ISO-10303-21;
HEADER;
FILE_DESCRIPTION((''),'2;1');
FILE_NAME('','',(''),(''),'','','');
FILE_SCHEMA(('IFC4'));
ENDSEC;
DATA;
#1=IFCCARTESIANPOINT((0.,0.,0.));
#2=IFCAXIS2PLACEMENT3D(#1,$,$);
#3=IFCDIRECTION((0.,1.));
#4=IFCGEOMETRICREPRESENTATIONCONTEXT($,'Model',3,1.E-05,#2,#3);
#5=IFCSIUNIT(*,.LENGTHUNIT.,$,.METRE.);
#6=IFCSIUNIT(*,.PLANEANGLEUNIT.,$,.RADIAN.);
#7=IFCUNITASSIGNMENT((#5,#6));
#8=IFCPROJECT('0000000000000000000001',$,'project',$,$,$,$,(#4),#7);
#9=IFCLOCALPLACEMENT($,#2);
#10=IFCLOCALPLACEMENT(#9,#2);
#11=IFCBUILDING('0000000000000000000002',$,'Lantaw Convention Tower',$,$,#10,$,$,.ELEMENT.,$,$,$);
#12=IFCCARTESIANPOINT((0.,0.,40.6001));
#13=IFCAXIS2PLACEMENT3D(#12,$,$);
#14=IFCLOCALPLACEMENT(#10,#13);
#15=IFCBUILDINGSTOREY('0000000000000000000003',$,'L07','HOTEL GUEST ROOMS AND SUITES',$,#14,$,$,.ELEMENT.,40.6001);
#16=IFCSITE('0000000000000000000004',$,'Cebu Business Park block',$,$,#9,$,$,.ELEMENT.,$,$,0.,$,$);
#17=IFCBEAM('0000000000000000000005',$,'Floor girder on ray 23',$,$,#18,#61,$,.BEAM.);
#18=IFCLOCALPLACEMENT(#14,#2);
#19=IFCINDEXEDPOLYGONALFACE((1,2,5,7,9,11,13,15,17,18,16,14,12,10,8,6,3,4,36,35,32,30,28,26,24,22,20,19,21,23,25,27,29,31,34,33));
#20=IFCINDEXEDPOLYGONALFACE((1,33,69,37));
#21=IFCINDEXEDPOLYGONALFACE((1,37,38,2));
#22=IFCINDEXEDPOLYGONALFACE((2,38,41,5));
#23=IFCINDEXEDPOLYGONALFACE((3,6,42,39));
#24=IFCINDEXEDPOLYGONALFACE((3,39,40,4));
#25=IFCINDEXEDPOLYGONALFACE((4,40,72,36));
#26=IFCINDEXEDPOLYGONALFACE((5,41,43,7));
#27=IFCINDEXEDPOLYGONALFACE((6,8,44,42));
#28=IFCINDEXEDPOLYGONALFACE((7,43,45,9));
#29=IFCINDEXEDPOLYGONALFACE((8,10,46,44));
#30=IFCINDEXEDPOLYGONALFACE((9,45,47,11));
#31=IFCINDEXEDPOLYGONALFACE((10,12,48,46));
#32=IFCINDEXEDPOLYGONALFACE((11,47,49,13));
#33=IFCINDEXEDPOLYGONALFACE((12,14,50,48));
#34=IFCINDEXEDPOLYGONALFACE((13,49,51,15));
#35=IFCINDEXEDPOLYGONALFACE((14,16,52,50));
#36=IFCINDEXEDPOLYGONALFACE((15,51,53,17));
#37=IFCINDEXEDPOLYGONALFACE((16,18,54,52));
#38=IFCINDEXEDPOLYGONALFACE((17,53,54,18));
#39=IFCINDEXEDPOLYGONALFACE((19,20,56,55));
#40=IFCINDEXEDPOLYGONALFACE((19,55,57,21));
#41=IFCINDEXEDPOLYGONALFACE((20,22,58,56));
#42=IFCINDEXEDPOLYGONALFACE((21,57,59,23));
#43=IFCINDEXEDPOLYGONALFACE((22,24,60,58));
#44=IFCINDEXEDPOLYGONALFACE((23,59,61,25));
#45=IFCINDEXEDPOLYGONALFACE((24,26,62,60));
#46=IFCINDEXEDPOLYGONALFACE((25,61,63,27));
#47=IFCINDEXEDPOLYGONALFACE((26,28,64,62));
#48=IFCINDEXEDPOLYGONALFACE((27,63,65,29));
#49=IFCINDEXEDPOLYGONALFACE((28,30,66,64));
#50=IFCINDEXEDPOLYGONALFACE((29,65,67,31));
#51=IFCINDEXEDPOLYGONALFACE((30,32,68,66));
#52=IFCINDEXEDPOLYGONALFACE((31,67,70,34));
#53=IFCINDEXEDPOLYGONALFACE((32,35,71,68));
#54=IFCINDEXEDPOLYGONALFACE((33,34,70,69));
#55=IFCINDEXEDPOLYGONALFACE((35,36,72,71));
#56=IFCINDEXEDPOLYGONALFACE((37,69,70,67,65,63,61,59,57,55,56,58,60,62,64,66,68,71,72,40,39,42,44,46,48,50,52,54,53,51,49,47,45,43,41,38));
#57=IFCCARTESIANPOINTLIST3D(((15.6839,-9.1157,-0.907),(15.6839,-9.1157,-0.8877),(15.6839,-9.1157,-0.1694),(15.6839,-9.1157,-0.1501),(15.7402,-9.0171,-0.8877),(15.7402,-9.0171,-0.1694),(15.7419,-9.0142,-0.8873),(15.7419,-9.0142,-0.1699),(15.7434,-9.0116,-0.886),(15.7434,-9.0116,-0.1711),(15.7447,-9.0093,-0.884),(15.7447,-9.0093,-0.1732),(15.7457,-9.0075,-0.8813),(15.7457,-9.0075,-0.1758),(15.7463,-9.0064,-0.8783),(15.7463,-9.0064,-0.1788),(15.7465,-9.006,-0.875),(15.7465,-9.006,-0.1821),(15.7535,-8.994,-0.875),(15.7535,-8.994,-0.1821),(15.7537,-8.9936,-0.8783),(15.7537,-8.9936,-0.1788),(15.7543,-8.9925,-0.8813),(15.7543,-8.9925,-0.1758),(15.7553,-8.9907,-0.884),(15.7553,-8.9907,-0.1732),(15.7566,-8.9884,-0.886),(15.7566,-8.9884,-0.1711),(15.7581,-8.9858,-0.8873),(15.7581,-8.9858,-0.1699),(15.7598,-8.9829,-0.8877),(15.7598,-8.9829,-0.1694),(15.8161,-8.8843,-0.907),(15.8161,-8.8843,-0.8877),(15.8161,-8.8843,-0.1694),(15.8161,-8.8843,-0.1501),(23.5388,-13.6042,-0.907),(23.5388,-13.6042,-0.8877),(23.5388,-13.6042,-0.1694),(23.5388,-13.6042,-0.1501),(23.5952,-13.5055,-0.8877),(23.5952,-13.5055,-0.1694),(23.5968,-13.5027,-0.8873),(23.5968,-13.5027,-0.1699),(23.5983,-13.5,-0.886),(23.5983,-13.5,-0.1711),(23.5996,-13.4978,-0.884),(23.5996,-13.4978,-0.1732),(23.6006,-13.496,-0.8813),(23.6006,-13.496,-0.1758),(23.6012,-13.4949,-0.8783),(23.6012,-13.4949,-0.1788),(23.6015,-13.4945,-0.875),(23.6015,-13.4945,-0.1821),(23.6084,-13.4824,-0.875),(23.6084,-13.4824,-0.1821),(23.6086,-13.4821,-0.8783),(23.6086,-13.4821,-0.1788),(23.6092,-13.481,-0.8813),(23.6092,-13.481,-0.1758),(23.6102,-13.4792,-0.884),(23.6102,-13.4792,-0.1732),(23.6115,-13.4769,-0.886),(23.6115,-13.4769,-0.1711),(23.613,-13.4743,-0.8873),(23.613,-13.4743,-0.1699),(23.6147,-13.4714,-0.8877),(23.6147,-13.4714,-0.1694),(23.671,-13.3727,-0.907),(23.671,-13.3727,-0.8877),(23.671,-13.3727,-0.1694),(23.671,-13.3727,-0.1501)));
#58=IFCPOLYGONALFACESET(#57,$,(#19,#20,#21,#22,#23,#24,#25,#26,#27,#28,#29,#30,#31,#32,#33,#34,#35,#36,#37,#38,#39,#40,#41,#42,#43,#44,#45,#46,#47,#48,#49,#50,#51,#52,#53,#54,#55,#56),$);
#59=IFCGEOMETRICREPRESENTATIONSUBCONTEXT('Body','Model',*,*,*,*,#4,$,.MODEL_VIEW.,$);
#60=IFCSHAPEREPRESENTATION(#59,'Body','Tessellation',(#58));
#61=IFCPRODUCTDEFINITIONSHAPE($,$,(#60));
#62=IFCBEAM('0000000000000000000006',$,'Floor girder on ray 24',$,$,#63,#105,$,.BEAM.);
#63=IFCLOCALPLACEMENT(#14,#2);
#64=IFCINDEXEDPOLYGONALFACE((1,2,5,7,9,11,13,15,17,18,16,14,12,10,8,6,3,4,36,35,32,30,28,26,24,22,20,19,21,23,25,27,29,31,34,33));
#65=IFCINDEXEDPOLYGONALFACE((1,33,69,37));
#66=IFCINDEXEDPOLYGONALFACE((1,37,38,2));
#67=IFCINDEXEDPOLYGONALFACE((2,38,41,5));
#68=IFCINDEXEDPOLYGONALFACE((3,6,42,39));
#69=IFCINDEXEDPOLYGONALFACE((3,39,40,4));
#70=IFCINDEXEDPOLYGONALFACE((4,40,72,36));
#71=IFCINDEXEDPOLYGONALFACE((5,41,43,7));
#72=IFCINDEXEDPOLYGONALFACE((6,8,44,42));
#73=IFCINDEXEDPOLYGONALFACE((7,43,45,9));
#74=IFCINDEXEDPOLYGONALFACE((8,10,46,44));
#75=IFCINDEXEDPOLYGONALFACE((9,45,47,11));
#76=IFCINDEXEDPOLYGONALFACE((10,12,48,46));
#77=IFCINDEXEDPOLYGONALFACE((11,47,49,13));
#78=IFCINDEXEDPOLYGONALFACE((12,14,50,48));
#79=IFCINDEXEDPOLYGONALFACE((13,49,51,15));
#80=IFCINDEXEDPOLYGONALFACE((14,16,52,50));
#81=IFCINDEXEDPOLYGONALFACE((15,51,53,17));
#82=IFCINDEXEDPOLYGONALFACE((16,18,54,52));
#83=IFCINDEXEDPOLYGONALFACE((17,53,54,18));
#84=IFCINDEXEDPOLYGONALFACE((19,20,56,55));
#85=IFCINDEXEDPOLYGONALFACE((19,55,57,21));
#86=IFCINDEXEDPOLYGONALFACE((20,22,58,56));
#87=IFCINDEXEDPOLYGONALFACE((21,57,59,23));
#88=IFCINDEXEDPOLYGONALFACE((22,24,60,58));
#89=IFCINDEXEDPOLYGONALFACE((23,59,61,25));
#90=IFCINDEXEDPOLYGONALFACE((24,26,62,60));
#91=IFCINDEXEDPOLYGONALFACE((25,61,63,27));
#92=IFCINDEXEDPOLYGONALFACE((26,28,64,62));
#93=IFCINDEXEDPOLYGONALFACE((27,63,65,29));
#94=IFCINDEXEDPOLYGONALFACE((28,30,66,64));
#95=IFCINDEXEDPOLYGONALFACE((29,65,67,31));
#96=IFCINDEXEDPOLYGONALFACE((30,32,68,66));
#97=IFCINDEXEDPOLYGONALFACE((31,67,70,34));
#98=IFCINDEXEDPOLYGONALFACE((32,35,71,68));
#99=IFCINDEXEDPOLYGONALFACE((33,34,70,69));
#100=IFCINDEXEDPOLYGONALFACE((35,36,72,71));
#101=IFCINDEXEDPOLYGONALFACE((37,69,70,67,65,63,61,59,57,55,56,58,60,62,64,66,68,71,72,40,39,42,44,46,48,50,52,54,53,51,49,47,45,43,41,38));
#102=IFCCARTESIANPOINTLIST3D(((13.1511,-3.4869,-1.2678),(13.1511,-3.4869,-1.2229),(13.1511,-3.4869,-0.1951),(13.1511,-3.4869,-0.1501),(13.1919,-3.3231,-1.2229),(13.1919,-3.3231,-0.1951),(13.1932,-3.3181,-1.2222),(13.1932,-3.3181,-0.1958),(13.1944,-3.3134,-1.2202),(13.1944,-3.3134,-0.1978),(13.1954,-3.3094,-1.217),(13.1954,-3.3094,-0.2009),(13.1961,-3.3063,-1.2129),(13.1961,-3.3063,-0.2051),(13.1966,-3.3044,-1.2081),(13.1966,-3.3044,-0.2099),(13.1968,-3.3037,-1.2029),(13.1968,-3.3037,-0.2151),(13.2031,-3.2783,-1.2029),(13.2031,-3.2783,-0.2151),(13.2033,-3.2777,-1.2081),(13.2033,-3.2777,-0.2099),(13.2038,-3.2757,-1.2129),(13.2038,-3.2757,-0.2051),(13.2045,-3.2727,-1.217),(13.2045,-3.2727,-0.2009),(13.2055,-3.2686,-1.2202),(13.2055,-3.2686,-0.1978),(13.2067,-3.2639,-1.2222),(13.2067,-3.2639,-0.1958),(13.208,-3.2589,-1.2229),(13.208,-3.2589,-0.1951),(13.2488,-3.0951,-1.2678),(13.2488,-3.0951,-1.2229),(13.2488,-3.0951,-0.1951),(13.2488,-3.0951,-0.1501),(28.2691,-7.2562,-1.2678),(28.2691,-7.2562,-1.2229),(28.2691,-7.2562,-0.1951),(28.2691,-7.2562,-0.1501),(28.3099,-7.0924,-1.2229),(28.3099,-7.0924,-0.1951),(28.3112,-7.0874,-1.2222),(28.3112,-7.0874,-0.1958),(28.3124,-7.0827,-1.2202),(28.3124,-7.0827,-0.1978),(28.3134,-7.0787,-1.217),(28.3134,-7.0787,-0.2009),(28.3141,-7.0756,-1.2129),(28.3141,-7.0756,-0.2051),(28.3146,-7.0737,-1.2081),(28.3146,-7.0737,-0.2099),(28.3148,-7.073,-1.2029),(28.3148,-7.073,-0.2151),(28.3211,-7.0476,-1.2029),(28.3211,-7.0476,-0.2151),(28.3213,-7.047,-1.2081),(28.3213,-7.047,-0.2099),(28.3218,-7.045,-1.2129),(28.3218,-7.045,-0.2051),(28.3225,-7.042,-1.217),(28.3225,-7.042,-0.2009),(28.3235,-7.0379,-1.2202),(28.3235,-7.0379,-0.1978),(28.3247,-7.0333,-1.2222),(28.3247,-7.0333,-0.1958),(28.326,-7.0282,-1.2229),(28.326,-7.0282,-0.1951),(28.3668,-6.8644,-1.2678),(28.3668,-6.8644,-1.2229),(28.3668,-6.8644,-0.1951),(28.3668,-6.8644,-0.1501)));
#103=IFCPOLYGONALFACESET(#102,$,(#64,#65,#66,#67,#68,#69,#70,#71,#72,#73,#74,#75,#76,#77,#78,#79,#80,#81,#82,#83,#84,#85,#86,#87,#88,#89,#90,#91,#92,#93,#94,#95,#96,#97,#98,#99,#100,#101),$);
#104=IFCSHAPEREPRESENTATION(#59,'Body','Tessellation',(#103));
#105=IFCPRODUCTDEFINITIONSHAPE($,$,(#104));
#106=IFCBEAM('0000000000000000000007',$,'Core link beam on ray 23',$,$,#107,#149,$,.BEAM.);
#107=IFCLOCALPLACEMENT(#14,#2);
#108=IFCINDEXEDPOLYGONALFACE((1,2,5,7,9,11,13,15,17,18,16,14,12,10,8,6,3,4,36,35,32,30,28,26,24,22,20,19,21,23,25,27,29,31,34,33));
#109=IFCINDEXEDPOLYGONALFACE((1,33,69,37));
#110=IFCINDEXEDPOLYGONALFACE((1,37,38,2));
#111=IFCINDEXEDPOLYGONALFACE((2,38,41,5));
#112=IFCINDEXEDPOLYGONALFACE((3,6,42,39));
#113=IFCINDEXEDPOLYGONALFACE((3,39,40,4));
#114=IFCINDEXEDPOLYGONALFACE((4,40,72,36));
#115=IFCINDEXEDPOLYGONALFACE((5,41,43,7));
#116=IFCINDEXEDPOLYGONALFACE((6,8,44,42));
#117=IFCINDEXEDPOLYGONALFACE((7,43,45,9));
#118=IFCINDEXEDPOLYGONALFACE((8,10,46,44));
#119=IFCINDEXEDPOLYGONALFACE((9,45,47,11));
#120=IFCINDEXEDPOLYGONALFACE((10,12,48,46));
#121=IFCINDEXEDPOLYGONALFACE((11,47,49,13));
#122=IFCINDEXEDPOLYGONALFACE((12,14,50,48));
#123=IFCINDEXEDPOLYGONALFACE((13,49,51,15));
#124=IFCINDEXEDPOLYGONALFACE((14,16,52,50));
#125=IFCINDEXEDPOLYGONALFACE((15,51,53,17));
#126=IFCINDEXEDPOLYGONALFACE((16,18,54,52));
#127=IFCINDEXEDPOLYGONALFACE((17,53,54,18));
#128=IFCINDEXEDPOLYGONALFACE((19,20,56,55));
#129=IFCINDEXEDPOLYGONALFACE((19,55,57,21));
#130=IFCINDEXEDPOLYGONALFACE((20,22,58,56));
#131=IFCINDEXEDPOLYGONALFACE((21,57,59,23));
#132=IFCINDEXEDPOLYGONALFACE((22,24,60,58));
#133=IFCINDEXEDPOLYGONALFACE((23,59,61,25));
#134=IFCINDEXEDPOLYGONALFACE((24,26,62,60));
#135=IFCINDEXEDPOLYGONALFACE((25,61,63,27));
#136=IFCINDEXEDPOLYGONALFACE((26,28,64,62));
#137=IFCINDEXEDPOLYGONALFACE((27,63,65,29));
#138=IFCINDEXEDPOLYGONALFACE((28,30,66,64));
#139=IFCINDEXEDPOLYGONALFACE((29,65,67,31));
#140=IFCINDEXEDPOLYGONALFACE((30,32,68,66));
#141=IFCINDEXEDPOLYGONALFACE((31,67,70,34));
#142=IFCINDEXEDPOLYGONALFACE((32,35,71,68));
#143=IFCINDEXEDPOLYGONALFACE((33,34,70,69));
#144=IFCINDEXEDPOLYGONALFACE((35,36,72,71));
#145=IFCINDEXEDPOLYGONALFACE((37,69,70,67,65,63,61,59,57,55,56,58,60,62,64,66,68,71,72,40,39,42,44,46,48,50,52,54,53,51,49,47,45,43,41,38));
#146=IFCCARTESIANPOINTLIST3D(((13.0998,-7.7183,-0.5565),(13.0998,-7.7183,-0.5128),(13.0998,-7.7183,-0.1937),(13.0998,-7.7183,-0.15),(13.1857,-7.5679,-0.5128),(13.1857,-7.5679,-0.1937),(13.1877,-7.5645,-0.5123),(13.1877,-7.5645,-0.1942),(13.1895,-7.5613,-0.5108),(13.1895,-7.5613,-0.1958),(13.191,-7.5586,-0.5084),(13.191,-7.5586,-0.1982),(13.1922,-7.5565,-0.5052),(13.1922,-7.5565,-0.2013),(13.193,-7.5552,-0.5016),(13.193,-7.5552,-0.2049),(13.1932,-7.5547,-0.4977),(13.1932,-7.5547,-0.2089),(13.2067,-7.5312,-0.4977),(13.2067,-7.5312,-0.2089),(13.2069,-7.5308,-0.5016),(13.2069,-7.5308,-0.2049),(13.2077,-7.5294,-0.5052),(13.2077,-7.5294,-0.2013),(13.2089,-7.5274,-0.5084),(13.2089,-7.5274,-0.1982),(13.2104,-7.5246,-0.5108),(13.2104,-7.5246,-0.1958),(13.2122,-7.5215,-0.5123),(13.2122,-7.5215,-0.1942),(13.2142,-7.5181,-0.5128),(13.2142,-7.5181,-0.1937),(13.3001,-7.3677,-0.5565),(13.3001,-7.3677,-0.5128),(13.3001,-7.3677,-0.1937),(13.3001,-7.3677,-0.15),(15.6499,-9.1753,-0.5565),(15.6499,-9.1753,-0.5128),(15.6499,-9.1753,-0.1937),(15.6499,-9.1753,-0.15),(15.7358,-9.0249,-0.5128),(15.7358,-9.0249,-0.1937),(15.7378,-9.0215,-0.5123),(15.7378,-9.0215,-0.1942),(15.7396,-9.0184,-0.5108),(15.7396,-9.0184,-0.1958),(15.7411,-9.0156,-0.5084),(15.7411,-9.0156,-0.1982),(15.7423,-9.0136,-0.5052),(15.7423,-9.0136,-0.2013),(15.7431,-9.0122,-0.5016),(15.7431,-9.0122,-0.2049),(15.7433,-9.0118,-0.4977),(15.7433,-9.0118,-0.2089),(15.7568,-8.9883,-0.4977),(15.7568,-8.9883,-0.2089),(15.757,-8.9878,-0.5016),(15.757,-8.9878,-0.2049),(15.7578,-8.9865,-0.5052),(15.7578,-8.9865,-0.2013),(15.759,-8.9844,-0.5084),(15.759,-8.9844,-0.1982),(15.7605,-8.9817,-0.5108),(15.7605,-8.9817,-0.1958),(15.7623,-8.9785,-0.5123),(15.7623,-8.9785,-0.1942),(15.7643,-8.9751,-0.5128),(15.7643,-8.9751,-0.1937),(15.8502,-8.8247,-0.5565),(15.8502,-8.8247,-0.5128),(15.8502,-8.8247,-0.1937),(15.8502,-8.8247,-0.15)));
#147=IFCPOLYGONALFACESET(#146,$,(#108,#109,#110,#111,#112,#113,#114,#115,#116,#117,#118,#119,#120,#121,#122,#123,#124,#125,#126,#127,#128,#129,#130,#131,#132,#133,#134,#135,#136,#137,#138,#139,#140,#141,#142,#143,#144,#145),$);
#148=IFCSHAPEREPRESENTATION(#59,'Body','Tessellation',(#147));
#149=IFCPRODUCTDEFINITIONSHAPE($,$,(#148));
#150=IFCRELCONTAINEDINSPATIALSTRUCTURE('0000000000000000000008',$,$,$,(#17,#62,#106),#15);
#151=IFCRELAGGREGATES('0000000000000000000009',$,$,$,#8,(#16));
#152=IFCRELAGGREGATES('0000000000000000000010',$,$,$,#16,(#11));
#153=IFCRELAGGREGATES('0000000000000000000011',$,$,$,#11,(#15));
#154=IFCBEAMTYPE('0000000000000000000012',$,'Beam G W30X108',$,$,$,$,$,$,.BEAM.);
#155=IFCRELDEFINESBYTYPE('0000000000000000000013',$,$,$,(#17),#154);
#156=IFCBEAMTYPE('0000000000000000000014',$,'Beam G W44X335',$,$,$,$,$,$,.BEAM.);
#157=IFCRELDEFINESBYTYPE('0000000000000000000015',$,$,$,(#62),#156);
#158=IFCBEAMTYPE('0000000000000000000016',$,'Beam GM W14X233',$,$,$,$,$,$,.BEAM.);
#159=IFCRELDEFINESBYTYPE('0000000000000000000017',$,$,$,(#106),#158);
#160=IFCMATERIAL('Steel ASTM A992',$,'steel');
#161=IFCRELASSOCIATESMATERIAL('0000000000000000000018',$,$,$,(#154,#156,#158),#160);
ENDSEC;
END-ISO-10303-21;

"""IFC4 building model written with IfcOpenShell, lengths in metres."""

from ifc_helpers import new_model, si_unit, direction, frame, origin, origin_2d, place, context, subcontext, project, spatial, i_section, extrude, material, material_profile, profile_set, type_object, element, save


model = new_model("IFC4")

# Units and contexts
model_context = context("Model", 3, precision=1e-05, world=origin(), true_north=direction((0.0, 1.0)))
body_context = subcontext(model_context, "Body", "Model", "MODEL_VIEW")
ifc_project = project(units=[si_unit("LENGTHUNIT", "METRE"), si_unit("PLANEANGLEUNIT", "RADIAN")], contexts=[model_context])

# Site, building, storey
site_placement = place(None, origin())
site = spatial("IfcSite", under=ifc_project, at=site_placement, Name="Cebu Business Park block", CompositionType="ELEMENT", RefElevation=0.0)
building_placement = place(site_placement, origin())
building = spatial("IfcBuilding", under=site, at=building_placement, Name="Lantaw Convention Tower", CompositionType="ELEMENT")
storey_placement = place(building_placement, frame((0.0, 0.0, 40.6001)))
storey = spatial("IfcBuildingStorey", under=building, at=storey_placement, Name="L07", Description="HOTEL GUEST ROOMS AND SUITES", CompositionType="ELEMENT", Elevation=40.6001)

# Beams
ifc_material_1 = material(Name="Steel ASTM A992", Category="steel")
ifc_material_profile_1 = material_profile(ifc_material_1, i_section(OverallWidth=0.2666, OverallDepth=0.7568, WebThickness=0.0139, FlangeThickness=0.0193, FilletRadius=0.0127, at=origin_2d()), Name="W30X108")
ifc_profile_set_1 = profile_set([ifc_material_profile_1], Name="Steel ASTM A992")
beam_type_1 = type_object("IfcBeamType", Name="Beam G W30X108", PredefinedType="BEAM", material=ifc_profile_set_1)
beam_1_placement = place(storey_placement, frame((15.75, -9.0, -0.5286), z_axis=(0.868245, -0.496136, 0.0), x_axis=(0.496136, 0.868245, 0.0)))
element("IfcBeam", 1, at=beam_1_placement, inside=storey, type_object=beam_type_1, Name="Floor girder on ray 23", PredefinedType="BEAM", context=body_context, shape_type="SweptSolid", body=[
    extrude(i_section(OverallWidth=0.2666, OverallDepth=0.7568, WebThickness=0.0139, FlangeThickness=0.0193, FilletRadius=0.0127, at=origin_2d()), origin(), (0.0, 0.0, 1.0), 9.0469),
])
ifc_material_profile_2 = material_profile(ifc_material_1, i_section(OverallWidth=0.4038, OverallDepth=1.1177, WebThickness=0.0261, FlangeThickness=0.0449, FilletRadius=0.02, at=origin_2d()), Name="W44X335")
ifc_profile_set_2 = profile_set([ifc_material_profile_2], Name="Steel ASTM A992")
beam_type_2 = type_object("IfcBeamType", Name="Beam G W44X335", PredefinedType="BEAM", material=ifc_profile_set_2)
beam_2_placement = place(storey_placement, frame((13.2, -3.291, -0.709), z_axis=(0.970296, -0.24192, 0.0), x_axis=(0.24192, 0.970296, 0.0)))
element("IfcBeam", 2, at=beam_2_placement, inside=storey, type_object=beam_type_2, Name="Floor girder on ray 24", PredefinedType="BEAM", context=body_context, shape_type="SweptSolid", body=[
    extrude(i_section(OverallWidth=0.4038, OverallDepth=1.1177, WebThickness=0.0261, FlangeThickness=0.0449, FilletRadius=0.02, at=origin_2d()), origin(), (0.0, 0.0, 1.0), 15.5808),
])
ifc_material_profile_3 = material_profile(ifc_material_1, i_section(OverallWidth=0.4038, OverallDepth=0.4065, WebThickness=0.0271, FlangeThickness=0.0437, FilletRadius=0.0151, at=origin_2d()), Name="W14X233")
ifc_profile_set_3 = profile_set([ifc_material_profile_3], Name="Steel ASTM A992")
beam_type_3 = type_object("IfcBeamType", Name="Beam GM W14X233", PredefinedType="BEAM", material=ifc_profile_set_3)
beam_3_placement = place(storey_placement, frame((13.2, -7.543, -0.3533), z_axis=(0.868264, -0.496103, 0.0), x_axis=(0.496103, 0.868264, 0.0)))
element("IfcBeam", 3, at=beam_3_placement, inside=storey, type_object=beam_type_3, Name="Core link beam on ray 23", PredefinedType="BEAM", context=body_context, shape_type="SweptSolid", body=[
    extrude(i_section(OverallWidth=0.4038, OverallDepth=0.4065, WebThickness=0.0271, FlangeThickness=0.0437, FilletRadius=0.0151, at=origin_2d()), origin(), (0.0, 0.0, 1.0), 2.937),
])

save(model, "model.ifc")
